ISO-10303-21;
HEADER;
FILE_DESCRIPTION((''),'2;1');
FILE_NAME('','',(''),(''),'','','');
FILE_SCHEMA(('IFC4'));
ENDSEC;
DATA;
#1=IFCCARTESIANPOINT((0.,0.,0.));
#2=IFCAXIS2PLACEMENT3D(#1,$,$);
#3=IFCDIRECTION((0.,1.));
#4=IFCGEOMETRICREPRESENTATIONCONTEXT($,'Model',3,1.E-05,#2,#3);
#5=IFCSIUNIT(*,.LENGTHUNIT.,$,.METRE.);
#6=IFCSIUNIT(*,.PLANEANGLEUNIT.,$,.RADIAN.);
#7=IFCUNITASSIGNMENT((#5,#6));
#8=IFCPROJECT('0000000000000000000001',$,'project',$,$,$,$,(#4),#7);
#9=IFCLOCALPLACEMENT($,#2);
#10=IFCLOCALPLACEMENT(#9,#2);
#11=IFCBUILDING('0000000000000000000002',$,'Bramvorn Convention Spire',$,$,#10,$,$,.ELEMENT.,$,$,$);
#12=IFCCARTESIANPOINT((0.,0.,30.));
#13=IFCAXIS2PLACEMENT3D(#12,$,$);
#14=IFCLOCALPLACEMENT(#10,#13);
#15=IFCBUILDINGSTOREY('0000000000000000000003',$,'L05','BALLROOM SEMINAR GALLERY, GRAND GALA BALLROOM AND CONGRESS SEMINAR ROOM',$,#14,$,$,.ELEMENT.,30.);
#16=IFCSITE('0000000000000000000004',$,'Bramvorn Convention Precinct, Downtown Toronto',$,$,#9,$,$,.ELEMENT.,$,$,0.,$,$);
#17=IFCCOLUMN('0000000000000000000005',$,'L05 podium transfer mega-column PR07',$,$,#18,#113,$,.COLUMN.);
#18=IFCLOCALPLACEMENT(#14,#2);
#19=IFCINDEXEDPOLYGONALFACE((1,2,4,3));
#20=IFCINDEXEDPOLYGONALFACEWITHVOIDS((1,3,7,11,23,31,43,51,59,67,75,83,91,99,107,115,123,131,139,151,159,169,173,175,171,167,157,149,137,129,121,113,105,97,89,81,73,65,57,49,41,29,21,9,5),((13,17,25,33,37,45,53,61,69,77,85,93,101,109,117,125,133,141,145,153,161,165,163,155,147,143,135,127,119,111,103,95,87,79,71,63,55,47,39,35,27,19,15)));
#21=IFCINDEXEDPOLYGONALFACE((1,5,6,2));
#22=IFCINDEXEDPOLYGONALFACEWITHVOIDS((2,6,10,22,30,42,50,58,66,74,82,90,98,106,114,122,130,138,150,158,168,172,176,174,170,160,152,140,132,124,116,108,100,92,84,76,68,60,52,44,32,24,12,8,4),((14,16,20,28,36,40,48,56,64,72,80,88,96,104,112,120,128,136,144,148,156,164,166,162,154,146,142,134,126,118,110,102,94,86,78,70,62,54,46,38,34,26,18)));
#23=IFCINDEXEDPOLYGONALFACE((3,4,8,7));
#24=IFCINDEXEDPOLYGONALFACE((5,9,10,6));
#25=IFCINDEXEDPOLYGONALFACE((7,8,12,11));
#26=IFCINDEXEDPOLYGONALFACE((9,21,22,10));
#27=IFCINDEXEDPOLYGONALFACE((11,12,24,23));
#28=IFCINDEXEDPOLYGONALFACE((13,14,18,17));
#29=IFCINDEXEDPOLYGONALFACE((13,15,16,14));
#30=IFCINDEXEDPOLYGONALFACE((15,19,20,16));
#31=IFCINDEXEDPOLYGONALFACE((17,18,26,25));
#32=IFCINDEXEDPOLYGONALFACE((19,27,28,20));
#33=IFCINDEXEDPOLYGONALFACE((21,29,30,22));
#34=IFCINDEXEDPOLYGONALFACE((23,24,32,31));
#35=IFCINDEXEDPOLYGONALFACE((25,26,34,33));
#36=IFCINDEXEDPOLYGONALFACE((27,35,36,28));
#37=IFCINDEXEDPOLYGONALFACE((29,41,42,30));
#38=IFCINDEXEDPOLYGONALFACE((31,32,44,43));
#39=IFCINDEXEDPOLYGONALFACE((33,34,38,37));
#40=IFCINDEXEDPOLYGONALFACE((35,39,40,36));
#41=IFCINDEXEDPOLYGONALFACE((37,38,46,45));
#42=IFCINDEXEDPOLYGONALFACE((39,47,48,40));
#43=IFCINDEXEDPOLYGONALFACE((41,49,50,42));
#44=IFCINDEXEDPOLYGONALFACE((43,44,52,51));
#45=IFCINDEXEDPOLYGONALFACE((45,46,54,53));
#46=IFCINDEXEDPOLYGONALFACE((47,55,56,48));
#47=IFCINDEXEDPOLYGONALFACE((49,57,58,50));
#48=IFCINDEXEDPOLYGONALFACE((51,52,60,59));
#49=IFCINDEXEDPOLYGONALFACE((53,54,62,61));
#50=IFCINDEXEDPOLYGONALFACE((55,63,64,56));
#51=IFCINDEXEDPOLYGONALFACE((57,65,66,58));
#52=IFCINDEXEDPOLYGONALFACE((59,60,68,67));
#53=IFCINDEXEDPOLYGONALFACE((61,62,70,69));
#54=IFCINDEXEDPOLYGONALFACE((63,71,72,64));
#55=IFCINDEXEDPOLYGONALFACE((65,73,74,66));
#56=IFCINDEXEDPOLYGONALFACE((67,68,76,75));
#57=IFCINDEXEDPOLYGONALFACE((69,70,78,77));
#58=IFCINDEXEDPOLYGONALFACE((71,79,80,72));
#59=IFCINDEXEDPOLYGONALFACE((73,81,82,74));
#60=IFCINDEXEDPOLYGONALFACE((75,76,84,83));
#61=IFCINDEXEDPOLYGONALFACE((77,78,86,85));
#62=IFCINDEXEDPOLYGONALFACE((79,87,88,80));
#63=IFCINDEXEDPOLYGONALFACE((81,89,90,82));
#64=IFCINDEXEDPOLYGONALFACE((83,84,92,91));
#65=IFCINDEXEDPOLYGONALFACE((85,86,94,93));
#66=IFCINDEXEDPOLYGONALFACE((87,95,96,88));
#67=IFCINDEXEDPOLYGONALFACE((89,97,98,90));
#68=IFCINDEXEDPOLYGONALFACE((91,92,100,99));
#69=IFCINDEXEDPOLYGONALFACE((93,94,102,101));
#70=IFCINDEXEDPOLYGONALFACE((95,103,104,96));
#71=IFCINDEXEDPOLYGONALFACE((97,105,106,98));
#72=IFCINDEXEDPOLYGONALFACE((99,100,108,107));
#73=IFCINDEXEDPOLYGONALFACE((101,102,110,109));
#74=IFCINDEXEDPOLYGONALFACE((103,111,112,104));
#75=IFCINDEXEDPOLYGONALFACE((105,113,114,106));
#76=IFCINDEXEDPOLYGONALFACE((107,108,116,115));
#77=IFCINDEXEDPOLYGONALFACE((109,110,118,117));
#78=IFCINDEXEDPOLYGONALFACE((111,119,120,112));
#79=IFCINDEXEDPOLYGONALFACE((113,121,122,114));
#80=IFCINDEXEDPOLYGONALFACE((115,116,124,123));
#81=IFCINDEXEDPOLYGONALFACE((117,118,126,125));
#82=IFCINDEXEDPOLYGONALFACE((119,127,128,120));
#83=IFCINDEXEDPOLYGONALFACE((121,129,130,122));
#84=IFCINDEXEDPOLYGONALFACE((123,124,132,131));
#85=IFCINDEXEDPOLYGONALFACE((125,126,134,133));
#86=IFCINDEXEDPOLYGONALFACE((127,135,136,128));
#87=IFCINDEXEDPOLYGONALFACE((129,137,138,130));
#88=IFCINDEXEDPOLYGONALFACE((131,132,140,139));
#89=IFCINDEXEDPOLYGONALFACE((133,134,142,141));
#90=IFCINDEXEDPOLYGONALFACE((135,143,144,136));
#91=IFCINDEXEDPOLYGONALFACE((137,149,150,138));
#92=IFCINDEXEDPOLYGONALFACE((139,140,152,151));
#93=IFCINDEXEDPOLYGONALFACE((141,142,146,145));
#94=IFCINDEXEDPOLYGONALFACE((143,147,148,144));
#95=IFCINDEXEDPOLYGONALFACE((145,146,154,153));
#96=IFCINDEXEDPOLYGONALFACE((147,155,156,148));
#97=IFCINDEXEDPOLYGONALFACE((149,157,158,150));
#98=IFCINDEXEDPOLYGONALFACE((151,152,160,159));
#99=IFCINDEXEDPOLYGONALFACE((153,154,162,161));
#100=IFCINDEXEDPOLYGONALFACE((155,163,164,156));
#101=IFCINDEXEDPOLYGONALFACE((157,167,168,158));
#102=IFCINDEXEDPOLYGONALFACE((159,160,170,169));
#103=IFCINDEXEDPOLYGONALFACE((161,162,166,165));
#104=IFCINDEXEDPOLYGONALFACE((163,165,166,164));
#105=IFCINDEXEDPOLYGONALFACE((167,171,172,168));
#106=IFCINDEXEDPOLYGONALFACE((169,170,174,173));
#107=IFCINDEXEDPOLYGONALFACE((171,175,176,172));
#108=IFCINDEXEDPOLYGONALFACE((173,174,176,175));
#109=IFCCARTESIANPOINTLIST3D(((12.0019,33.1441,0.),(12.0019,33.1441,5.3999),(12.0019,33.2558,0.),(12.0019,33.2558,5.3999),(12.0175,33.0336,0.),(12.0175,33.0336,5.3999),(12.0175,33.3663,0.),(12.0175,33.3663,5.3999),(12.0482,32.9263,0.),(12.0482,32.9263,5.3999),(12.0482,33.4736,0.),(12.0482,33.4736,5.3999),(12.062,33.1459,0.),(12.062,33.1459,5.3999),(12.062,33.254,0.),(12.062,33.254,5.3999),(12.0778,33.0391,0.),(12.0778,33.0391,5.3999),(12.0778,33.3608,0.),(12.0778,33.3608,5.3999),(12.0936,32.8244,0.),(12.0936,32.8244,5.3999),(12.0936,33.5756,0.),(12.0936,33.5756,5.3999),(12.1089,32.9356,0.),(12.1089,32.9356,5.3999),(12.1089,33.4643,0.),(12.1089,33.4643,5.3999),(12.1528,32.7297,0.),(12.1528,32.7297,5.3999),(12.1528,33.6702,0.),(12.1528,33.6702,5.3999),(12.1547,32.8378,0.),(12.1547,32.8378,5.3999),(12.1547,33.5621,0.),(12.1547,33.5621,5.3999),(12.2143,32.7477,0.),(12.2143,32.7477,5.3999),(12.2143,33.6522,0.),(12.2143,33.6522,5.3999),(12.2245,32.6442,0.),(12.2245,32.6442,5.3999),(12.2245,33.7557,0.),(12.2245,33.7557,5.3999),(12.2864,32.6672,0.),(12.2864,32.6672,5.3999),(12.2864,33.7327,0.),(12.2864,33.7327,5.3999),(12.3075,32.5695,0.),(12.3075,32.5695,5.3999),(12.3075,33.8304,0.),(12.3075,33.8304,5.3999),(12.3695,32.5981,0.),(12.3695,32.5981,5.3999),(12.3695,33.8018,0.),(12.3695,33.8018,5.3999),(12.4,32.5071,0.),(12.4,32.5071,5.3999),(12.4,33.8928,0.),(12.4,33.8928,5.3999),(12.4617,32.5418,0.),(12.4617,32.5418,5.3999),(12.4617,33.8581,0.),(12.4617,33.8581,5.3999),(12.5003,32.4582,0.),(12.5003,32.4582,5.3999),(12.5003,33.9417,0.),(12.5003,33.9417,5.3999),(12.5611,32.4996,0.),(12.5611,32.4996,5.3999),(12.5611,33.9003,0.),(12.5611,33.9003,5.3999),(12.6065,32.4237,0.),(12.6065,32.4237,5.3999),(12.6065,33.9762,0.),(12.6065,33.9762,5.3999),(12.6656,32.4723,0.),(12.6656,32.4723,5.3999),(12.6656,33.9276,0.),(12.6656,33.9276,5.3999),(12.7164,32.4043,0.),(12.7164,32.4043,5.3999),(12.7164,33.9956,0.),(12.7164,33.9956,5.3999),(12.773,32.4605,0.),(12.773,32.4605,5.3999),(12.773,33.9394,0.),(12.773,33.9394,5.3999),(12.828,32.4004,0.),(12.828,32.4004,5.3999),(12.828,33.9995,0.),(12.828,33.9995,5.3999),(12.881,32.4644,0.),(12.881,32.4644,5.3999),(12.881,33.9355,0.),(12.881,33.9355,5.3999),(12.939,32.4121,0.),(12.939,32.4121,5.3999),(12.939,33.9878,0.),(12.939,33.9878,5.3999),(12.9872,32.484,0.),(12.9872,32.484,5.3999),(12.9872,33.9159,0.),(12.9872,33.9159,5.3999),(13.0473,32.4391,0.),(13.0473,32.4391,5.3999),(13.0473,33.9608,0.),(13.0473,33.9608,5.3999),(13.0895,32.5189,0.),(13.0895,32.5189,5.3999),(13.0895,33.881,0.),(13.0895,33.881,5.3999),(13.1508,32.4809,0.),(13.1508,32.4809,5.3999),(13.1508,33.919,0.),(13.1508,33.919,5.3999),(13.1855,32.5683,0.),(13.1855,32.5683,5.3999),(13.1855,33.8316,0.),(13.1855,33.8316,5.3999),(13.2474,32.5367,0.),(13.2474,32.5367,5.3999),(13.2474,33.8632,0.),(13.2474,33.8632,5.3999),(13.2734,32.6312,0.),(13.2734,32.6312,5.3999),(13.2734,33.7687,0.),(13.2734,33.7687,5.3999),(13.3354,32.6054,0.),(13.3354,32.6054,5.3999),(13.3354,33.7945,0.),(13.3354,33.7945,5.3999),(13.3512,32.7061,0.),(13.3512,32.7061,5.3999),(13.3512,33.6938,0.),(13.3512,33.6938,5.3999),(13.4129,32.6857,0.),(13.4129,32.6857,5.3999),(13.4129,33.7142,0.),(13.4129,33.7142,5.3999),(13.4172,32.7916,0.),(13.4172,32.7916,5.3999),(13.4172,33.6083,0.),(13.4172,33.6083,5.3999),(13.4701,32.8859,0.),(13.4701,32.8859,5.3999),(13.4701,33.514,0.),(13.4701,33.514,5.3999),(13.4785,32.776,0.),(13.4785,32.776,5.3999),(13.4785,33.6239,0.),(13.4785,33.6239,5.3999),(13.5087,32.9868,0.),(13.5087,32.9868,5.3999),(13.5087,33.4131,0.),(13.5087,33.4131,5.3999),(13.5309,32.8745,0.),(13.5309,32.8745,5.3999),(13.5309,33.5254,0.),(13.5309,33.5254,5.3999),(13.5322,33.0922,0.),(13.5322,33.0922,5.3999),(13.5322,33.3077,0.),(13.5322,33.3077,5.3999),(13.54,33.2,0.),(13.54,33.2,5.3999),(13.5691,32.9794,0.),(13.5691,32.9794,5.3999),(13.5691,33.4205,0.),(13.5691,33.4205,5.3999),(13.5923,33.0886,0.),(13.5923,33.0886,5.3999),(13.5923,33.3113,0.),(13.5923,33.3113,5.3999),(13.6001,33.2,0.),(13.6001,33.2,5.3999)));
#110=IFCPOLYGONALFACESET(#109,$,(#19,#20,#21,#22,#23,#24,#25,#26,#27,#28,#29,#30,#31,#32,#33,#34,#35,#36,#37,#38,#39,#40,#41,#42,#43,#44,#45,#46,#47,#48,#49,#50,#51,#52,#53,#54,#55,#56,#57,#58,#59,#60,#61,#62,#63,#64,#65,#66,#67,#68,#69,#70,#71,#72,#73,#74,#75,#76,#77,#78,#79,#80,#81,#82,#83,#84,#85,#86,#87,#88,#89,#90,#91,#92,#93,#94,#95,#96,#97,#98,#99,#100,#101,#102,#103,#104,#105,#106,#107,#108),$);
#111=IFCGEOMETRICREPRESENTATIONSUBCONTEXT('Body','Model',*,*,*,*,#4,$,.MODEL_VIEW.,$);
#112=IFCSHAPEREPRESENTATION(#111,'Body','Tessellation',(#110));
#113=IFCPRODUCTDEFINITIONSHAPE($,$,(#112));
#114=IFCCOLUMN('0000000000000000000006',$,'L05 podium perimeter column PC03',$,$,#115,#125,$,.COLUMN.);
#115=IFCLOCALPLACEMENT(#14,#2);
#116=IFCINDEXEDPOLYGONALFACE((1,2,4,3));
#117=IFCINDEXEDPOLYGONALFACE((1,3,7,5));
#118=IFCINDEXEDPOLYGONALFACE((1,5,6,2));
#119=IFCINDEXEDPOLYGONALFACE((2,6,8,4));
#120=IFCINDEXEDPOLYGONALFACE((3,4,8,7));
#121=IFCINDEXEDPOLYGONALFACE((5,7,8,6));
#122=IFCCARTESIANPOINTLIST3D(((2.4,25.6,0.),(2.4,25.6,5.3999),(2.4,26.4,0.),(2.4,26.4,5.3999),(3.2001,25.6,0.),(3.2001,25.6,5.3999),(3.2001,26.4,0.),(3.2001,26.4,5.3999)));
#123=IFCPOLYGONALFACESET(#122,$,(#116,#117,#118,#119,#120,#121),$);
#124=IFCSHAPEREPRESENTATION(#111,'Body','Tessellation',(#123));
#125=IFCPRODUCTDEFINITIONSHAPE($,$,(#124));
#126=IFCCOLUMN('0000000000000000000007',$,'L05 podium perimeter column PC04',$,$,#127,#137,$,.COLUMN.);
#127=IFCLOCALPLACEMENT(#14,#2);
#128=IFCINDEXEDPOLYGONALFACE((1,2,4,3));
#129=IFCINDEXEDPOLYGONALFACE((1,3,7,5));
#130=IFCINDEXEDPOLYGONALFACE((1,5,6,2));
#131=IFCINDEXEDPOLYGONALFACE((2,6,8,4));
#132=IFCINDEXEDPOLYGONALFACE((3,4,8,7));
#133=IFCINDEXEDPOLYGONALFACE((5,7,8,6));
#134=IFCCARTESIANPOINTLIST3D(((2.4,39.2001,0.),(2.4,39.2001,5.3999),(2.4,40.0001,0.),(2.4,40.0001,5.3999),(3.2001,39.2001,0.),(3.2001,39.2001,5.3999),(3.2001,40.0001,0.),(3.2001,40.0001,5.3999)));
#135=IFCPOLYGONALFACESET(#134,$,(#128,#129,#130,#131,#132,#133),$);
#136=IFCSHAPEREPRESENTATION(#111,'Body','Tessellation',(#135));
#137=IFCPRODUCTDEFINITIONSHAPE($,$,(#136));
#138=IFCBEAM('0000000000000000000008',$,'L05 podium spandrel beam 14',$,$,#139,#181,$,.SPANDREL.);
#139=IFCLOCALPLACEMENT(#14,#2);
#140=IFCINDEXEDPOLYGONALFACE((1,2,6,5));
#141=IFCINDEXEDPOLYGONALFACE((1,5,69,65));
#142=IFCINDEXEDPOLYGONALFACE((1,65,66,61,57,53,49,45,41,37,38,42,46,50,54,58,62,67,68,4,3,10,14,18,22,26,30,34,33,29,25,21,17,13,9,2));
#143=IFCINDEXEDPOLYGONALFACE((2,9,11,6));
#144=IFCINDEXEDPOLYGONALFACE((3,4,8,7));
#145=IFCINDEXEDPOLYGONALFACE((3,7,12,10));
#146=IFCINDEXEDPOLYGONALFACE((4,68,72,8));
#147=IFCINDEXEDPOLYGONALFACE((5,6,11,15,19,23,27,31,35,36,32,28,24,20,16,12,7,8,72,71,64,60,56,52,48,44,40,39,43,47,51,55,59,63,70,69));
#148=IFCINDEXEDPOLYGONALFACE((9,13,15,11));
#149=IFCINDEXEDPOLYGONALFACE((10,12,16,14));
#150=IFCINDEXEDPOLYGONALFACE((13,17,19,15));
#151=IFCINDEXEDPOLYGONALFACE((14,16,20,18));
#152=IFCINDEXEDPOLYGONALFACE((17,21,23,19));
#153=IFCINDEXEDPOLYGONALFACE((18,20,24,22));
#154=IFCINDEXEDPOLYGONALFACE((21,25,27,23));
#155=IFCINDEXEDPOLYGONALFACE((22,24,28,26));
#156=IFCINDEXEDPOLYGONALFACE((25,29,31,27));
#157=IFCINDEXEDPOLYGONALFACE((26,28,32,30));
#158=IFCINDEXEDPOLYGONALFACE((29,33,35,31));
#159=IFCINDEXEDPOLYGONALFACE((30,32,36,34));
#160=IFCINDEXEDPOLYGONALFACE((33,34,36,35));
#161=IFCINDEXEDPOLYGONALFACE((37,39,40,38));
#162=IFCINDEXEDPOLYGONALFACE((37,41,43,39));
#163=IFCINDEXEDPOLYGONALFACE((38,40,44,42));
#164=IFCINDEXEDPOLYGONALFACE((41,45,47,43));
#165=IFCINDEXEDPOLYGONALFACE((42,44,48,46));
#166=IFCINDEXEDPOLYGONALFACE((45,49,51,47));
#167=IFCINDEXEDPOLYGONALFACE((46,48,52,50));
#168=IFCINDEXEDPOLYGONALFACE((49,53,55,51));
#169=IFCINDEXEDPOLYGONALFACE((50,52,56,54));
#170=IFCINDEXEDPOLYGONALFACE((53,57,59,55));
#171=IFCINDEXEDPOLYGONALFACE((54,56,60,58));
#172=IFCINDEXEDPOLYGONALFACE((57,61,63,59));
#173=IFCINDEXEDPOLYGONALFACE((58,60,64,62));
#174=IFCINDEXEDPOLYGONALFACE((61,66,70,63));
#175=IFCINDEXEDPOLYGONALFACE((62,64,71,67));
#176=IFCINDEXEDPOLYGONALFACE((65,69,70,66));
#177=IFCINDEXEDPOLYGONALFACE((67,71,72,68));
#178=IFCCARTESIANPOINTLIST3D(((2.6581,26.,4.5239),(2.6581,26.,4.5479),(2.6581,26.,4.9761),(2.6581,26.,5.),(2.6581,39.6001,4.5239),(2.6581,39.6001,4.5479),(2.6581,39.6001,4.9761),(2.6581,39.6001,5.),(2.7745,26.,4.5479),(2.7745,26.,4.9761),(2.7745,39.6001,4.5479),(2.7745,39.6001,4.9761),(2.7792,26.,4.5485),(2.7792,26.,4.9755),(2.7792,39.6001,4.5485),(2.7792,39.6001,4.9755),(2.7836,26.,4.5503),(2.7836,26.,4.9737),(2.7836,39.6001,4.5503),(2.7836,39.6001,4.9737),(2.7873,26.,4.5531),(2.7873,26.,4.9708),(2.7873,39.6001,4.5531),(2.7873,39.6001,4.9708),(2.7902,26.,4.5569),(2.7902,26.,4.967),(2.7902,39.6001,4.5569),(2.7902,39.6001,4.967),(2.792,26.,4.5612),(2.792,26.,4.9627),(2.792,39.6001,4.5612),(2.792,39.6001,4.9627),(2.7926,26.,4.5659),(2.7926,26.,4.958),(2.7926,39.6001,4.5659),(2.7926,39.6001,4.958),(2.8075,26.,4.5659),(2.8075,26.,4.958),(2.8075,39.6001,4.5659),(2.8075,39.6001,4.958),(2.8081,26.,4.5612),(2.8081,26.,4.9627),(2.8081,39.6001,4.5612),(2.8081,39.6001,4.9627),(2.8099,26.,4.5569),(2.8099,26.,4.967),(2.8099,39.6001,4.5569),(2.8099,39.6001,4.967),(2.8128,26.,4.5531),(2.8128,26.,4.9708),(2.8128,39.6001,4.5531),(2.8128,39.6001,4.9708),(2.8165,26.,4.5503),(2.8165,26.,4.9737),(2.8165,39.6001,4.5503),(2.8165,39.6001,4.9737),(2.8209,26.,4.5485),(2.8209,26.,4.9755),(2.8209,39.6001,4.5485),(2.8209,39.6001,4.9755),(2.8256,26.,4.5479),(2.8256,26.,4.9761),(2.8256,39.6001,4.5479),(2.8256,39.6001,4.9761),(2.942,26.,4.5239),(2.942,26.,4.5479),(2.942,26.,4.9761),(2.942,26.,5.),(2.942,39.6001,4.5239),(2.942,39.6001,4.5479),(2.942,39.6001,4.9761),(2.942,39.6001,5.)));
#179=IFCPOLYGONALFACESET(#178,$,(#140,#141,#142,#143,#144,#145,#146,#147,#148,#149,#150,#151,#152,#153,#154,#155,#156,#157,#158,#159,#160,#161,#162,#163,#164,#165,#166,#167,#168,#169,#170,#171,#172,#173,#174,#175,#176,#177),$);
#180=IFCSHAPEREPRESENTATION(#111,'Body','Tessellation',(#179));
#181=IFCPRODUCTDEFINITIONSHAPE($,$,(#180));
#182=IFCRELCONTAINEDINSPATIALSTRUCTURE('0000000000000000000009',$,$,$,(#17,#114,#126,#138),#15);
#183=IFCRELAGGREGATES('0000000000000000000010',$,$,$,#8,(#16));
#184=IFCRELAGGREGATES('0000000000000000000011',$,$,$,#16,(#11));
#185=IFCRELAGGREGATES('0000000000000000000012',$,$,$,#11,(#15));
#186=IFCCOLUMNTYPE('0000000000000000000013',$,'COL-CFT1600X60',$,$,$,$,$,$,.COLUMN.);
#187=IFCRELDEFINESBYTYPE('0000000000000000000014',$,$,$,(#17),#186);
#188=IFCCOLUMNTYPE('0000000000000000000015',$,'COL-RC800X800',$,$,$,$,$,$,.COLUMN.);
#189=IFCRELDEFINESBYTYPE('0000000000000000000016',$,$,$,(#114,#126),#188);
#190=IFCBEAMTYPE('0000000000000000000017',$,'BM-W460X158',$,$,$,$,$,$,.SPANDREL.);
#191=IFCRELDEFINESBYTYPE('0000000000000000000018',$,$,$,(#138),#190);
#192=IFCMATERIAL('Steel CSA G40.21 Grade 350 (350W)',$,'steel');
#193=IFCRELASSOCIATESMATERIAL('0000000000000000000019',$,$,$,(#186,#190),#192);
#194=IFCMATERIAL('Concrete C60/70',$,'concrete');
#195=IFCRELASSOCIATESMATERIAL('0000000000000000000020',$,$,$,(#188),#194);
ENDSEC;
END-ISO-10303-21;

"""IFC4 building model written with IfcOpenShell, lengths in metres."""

from ifc_helpers import new_model, si_unit, direction, frame, origin, origin_2d, place, context, subcontext, project, spatial, rectangle, hollow_circle, i_section, extrude, material, material_profile, profile_set, type_object, element, save


model = new_model("IFC4")

# Units and contexts
model_context = context("Model", 3, precision=1e-05, world=origin(), true_north=direction((0.0, 1.0)))
body_context = subcontext(model_context, "Body", "Model", "MODEL_VIEW")
ifc_project = project(units=[si_unit("LENGTHUNIT", "METRE"), si_unit("PLANEANGLEUNIT", "RADIAN")], contexts=[model_context])

# Site, building, storey
site_placement = place(None, origin())
site = spatial("IfcSite", under=ifc_project, at=site_placement, Name="Bramvorn Convention Precinct, Downtown Toronto", CompositionType="ELEMENT", RefElevation=0.0)
building_placement = place(site_placement, origin())
building = spatial("IfcBuilding", under=site, at=building_placement, Name="Bramvorn Convention Spire", CompositionType="ELEMENT")
storey_placement = place(building_placement, frame((0.0, 0.0, 30.0)))
storey = spatial("IfcBuildingStorey", under=building, at=storey_placement, Name="L05", Description="BALLROOM SEMINAR GALLERY, GRAND GALA BALLROOM AND CONGRESS SEMINAR ROOM", CompositionType="ELEMENT", Elevation=30.0)

# Columns
ifc_material_1 = material(Name="Steel CSA G40.21 Grade 350 (350W)", Category="steel")
ifc_material_profile_1 = material_profile(ifc_material_1, hollow_circle(Radius=0.8, WallThickness=0.0601, at=origin_2d()))
ifc_profile_set_1 = profile_set([ifc_material_profile_1], Name="Steel CSA G40.21 Grade 350 (350W) - CFT1600X60")
column_type_1 = type_object("IfcColumnType", Name="COL-CFT1600X60", PredefinedType="COLUMN", material=ifc_profile_set_1)
column_placement = place(storey_placement, frame((12.8, 33.2, 0.0), z_axis=(0.0, 0.0, 1.0), x_axis=(1.0, 0.0, 0.0)))
element("IfcColumn", 1, at=column_placement, inside=storey, type_object=column_type_1, Name="L05 podium transfer mega-column PR07", PredefinedType="COLUMN", context=body_context, shape_type="SweptSolid", body=[
    extrude(hollow_circle(Radius=0.8, WallThickness=0.0601, at=origin_2d()), origin(), (0.0, 0.0, 1.0), 5.3999),
])
ifc_material_2 = material(Name="Concrete C60/70", Category="concrete")
ifc_material_profile_2 = material_profile(ifc_material_2, rectangle(XDim=0.8, YDim=0.8, at=origin_2d()))
ifc_profile_set_2 = profile_set([ifc_material_profile_2], Name="Concrete C60/70 - RC800X800")
column_type_2 = type_object("IfcColumnType", Name="COL-RC800X800", PredefinedType="COLUMN", material=ifc_profile_set_2)
for number, where, z_axis, x_axis, name in (
    (2, (2.8, 26.0, 0.0), (0.0, 0.0, 1.0), (1.0, 0.0, 0.0), "L05 podium perimeter column PC03"),
    (3, (2.8, 39.6001, 0.0), (0.0, 0.0, 1.0), (1.0, 0.0, 0.0), "L05 podium perimeter column PC04"),
):
    element("IfcColumn", number, at=place(storey_placement, frame(where, z_axis=z_axis, x_axis=x_axis)), inside=storey, type_object=column_type_2, Name=name, PredefinedType="COLUMN", context=body_context, shape_type="SweptSolid", body=[
        extrude(rectangle(XDim=0.8, YDim=0.8, at=origin_2d()), origin(), (0.0, 0.0, 1.0), 5.3999),
    ])

# Beam
ifc_material_profile_3 = material_profile(ifc_material_1, i_section(OverallWidth=0.2839, OverallDepth=0.4761, WebThickness=0.0149, FlangeThickness=0.0239, FilletRadius=0.0181, at=origin_2d()))
ifc_profile_set_3 = profile_set([ifc_material_profile_3], Name="Steel CSA G40.21 Grade 350 (350W) - W460X158")
beam_type_1 = type_object("IfcBeamType", Name="BM-W460X158", PredefinedType="SPANDREL", material=ifc_profile_set_3)
for number, where, z_axis, x_axis, name in (
    (4, (2.8, 39.6001, 4.762), (0.0, -1.0, 0.0), (1.0, 0.0, 0.0), "L05 podium spandrel beam 14"),
):
    element("IfcBeam", number, at=place(storey_placement, frame(where, z_axis=z_axis, x_axis=x_axis)), inside=storey, type_object=beam_type_1, Name=name, PredefinedType="SPANDREL", context=body_context, shape_type="SweptSolid", body=[
        extrude(i_section(OverallWidth=0.2839, OverallDepth=0.4761, WebThickness=0.0149, FlangeThickness=0.0239, FilletRadius=0.0181, at=origin_2d()), origin(), (0.0, 0.0, 1.0), 13.6001),
    ])

save(model, "model.ifc")
